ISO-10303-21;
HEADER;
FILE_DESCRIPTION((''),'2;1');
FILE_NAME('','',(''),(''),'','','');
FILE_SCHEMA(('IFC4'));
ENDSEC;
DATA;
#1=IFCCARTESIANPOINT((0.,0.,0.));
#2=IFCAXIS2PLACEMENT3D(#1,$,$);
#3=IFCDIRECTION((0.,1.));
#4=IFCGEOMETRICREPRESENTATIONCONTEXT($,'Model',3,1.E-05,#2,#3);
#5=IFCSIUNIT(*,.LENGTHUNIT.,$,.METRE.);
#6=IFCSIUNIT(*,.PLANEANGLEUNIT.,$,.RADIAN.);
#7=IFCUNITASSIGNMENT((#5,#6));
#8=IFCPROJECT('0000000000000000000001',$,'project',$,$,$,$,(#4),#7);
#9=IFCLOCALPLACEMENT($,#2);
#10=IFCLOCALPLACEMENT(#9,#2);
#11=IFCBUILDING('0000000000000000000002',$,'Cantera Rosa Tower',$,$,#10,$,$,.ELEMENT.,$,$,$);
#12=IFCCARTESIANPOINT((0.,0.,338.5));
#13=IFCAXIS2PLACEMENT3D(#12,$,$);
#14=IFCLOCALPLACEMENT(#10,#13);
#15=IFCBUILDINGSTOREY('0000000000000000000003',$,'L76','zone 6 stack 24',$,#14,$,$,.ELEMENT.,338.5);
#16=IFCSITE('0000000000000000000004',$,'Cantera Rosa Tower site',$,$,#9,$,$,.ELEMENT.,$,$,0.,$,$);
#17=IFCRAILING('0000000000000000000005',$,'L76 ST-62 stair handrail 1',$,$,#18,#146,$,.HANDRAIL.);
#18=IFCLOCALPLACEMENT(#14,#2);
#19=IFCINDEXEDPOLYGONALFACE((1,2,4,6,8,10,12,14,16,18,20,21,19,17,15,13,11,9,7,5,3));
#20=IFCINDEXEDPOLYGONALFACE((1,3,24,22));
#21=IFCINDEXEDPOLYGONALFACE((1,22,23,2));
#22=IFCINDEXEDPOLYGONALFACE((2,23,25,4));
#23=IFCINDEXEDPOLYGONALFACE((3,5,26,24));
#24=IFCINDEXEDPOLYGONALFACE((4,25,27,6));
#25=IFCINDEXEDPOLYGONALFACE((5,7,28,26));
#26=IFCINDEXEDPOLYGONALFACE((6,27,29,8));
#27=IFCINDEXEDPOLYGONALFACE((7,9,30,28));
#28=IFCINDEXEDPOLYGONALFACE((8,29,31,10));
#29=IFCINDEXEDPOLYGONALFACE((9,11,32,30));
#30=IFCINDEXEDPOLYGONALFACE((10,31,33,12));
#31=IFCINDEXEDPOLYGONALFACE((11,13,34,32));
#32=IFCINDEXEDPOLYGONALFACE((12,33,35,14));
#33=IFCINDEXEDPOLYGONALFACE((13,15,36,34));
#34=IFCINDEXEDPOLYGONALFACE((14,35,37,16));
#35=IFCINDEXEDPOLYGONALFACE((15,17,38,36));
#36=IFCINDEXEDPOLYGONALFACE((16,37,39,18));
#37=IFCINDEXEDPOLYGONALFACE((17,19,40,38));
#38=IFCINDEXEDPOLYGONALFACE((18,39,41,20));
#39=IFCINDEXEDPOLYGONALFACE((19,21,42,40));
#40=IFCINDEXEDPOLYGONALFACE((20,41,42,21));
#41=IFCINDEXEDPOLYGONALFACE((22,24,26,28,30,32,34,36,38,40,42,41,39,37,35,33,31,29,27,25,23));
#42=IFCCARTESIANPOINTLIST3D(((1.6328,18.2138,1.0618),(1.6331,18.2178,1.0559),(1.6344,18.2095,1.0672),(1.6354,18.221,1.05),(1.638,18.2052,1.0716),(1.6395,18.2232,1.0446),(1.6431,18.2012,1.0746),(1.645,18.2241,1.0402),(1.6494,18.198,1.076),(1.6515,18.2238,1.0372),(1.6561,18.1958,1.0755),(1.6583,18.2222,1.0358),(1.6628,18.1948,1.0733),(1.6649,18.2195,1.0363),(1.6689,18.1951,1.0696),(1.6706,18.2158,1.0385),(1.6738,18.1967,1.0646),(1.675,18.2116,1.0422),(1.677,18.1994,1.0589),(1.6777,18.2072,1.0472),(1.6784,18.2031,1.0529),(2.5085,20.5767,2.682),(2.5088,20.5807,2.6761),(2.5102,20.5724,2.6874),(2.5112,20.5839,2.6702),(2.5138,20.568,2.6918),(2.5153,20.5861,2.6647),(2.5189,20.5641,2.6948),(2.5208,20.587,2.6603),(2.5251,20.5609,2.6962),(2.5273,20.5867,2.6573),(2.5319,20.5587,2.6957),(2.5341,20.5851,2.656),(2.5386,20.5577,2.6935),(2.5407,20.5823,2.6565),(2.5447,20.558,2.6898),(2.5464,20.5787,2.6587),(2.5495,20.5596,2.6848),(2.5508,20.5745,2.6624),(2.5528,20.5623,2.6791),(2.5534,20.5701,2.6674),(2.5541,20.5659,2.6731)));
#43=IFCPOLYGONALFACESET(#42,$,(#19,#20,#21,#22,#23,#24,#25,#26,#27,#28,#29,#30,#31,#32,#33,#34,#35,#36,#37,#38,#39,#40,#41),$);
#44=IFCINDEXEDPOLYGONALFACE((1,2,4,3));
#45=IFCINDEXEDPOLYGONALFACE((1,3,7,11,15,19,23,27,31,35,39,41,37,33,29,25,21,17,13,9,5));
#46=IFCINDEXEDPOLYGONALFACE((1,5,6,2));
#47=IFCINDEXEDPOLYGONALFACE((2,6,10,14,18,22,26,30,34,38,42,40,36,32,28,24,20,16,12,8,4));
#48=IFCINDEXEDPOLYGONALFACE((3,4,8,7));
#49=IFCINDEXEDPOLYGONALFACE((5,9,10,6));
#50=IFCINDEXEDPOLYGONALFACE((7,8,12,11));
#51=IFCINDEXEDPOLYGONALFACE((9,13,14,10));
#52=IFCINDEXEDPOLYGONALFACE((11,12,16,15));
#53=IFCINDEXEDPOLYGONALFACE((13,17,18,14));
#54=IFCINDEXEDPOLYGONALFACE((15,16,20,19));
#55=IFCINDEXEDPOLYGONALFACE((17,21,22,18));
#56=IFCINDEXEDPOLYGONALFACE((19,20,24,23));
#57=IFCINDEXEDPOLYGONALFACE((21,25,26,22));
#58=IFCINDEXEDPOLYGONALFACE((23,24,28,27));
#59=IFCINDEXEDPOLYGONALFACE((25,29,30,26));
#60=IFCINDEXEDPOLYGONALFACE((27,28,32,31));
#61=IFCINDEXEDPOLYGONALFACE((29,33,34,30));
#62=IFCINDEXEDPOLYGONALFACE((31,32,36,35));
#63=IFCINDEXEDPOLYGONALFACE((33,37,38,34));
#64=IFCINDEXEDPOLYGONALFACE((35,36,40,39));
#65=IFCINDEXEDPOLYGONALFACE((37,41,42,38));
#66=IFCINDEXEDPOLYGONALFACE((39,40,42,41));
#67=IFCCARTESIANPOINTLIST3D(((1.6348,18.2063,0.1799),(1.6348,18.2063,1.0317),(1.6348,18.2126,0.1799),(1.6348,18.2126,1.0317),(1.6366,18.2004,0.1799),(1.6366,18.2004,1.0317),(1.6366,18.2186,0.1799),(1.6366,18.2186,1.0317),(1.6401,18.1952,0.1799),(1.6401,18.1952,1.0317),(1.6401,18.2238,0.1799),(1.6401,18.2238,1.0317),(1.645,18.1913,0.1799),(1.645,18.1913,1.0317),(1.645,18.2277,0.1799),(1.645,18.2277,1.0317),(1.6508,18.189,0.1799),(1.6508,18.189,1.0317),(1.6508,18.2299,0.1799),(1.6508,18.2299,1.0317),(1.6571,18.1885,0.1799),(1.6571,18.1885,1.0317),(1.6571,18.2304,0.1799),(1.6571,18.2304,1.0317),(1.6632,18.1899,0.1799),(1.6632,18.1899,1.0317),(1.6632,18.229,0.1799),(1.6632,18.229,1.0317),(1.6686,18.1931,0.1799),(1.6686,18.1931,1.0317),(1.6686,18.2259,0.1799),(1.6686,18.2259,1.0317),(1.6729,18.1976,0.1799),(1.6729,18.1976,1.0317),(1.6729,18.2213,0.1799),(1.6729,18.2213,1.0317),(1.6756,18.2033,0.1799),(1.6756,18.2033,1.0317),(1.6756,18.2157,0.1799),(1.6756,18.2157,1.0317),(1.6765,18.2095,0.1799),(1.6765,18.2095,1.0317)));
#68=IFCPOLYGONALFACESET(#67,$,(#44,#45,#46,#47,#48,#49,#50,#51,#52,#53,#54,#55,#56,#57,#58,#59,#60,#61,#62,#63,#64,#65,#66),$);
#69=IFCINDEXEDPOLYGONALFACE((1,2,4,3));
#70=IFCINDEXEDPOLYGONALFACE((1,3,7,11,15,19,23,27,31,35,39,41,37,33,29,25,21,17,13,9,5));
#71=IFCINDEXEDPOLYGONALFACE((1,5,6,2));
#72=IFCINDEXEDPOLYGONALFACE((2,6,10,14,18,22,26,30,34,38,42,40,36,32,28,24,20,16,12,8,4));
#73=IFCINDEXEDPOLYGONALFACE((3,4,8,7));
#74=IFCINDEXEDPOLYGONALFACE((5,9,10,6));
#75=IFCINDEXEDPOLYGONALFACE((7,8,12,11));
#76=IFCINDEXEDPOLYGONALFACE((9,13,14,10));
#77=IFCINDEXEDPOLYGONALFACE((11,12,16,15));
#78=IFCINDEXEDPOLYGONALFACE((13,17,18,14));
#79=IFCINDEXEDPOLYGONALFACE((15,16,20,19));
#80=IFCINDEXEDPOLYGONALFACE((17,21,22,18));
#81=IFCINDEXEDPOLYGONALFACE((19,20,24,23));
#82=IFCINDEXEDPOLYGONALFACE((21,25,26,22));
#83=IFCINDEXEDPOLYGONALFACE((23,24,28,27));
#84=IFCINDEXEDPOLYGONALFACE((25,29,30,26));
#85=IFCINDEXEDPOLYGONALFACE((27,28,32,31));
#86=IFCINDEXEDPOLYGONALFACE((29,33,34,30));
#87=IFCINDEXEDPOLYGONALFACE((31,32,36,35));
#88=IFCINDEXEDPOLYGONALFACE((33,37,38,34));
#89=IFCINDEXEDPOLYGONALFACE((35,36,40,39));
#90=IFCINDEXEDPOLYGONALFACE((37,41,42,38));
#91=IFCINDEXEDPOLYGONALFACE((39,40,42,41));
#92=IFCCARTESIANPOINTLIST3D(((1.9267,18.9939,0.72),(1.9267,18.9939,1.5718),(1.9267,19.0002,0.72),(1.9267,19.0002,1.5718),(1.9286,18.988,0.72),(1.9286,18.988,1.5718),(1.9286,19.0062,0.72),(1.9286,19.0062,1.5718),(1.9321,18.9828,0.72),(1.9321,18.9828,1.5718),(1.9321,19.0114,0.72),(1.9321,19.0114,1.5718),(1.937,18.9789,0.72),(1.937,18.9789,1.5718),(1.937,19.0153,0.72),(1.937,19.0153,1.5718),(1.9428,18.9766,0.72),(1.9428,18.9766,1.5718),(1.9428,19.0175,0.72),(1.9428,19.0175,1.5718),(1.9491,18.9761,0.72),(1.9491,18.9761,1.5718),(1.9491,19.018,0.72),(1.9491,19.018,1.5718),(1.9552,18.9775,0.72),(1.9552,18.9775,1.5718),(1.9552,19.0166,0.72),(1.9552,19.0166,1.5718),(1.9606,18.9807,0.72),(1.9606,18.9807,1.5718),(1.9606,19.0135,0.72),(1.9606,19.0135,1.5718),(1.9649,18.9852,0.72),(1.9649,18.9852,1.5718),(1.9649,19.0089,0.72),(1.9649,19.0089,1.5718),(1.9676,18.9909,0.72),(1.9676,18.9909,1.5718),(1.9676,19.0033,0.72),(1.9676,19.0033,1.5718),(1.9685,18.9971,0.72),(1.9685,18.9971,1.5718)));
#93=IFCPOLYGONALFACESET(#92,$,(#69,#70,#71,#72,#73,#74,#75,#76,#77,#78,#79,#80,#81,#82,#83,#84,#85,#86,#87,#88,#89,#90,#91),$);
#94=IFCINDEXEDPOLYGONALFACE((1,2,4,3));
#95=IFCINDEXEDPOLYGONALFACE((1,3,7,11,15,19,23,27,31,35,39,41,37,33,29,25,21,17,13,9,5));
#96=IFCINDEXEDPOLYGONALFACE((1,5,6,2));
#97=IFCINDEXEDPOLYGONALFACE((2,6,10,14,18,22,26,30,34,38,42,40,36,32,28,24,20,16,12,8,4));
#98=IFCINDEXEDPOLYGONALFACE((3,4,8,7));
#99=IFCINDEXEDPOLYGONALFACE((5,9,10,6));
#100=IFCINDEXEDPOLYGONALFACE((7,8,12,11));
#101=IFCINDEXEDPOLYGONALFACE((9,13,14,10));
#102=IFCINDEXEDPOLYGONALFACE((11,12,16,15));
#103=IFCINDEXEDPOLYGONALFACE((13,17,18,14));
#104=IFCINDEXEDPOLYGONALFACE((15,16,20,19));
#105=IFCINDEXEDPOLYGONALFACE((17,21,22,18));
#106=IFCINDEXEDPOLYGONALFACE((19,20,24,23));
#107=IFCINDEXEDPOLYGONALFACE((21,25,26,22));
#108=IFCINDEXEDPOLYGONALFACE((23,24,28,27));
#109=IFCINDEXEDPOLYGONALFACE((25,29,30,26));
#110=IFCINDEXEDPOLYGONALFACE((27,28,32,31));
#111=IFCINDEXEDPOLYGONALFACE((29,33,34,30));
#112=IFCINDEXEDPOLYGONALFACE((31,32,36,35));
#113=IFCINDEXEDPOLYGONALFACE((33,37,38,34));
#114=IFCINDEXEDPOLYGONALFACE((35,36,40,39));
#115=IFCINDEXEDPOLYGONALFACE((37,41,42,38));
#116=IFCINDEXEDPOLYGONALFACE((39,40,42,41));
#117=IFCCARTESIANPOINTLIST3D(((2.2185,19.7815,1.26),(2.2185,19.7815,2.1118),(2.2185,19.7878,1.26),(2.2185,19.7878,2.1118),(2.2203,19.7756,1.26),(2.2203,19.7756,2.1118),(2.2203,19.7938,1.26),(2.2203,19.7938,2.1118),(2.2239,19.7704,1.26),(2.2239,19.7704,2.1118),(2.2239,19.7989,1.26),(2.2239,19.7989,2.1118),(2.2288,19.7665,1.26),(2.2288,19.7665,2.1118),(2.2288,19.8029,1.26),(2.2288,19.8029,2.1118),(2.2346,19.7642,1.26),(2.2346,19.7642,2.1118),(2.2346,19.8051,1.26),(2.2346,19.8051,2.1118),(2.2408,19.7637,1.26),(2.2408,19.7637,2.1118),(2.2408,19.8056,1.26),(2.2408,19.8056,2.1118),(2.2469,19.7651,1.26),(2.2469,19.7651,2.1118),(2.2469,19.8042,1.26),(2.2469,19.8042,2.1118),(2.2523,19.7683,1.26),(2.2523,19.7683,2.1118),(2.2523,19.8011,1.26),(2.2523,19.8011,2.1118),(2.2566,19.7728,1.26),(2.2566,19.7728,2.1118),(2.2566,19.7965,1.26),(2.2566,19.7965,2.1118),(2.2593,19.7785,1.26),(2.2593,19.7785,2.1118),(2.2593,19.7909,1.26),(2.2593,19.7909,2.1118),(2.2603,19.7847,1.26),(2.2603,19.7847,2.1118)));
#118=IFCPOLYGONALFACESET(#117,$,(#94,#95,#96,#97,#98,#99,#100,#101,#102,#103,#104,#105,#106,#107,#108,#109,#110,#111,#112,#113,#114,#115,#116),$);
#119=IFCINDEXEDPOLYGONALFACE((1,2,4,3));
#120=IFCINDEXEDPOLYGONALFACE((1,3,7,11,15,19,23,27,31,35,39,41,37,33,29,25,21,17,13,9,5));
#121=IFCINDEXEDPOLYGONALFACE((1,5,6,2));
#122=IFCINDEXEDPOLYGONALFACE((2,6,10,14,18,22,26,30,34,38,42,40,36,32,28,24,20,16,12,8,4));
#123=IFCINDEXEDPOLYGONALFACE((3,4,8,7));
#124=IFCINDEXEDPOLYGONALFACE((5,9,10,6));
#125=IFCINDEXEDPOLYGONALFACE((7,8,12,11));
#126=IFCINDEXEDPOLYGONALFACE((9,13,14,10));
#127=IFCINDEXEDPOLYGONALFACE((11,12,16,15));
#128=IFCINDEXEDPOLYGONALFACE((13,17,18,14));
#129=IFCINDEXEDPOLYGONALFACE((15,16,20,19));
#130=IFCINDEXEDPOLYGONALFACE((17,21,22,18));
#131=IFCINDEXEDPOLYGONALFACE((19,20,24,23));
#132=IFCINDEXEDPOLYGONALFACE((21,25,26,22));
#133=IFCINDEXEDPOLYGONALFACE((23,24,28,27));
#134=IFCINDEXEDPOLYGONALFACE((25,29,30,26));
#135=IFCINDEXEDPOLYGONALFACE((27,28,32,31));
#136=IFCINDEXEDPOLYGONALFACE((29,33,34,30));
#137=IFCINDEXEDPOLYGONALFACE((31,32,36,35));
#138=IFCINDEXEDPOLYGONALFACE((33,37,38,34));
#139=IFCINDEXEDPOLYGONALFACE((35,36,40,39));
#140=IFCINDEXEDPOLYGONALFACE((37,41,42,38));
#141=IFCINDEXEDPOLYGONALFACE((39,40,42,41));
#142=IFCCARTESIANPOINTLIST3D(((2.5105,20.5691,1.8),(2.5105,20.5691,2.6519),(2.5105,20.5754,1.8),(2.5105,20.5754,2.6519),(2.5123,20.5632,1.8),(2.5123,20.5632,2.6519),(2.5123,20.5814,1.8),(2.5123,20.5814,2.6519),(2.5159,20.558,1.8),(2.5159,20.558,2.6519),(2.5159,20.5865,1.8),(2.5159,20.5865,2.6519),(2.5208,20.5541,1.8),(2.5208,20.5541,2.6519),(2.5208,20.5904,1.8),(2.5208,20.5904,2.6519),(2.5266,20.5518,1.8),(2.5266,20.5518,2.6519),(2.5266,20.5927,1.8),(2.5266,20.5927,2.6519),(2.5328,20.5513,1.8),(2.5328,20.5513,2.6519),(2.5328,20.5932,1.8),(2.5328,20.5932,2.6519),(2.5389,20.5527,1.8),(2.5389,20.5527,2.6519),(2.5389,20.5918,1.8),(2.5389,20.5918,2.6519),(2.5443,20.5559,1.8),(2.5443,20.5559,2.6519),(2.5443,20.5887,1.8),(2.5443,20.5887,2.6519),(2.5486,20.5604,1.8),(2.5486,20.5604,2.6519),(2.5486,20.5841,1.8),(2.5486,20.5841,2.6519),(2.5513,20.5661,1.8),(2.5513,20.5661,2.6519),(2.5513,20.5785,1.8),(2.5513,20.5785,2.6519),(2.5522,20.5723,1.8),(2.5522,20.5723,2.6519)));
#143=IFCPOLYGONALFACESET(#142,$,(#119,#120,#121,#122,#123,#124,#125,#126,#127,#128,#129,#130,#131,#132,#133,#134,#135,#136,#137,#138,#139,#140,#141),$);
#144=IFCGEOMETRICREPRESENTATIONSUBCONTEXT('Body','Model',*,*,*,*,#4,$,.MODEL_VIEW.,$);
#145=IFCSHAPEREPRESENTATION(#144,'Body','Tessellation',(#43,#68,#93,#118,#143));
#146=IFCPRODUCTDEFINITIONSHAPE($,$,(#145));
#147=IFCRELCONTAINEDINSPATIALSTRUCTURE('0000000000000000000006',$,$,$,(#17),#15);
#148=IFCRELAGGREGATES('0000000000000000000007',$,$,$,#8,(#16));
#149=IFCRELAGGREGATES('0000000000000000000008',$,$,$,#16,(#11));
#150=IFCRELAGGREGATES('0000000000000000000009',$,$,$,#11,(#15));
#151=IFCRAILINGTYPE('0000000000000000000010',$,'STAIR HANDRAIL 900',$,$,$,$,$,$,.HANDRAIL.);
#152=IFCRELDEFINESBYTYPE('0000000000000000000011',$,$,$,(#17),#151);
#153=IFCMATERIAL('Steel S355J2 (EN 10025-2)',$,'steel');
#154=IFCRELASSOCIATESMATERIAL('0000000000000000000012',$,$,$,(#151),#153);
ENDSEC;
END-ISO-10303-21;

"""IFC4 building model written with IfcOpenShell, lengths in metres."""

from ifc_helpers import new_model, si_unit, direction, frame, origin, origin_2d, place, context, subcontext, project, spatial, circle, extrude, material, type_object, element, save


model = new_model("IFC4")

# Units and contexts
model_context = context("Model", 3, precision=1e-05, world=origin(), true_north=direction((0.0, 1.0)))
body_context = subcontext(model_context, "Body", "Model", "MODEL_VIEW")
ifc_project = project(units=[si_unit("LENGTHUNIT", "METRE"), si_unit("PLANEANGLEUNIT", "RADIAN")], contexts=[model_context])

# Site, building, storey
site_placement = place(None, origin())
site = spatial("IfcSite", under=ifc_project, at=site_placement, Name="Cantera Rosa Tower site", CompositionType="ELEMENT", RefElevation=0.0)
building_placement = place(site_placement, origin())
building = spatial("IfcBuilding", under=site, at=building_placement, Name="Cantera Rosa Tower", CompositionType="ELEMENT")
storey_placement = place(building_placement, frame((0.0, 0.0, 338.5)))
storey = spatial("IfcBuildingStorey", under=building, at=storey_placement, Name="L76", Description="zone 6 stack 24", CompositionType="ELEMENT", Elevation=338.5)

# Railing
ifc_material_1 = material(Name="Steel S355J2 (EN 10025-2)", Category="steel")
railing_type_1 = type_object("IfcRailingType", Name="STAIR HANDRAIL 900", PredefinedType="HANDRAIL", material=ifc_material_1)
railing_1_placement = place(storey_placement, frame((1.6555, 18.2095, 0.1799)))
element("IfcRailing", 1, at=railing_1_placement, inside=storey, type_object=railing_type_1, Name="L76 ST-62 stair handrail 1", PredefinedType="HANDRAIL", context=body_context, shape_type="SweptSolid", body=[
    extrude(circle(Radius=0.0239, at=origin_2d()), frame((0.0, 0.0, 0.876), z_axis=(0.292326, 0.788717, 0.540806), x_axis=(-0.937668, 0.347532, 0.0)), (0.0, 0.0, 1.0), 2.9958),
    extrude(circle(Radius=0.021, at=origin_2d()), origin(), (0.0, 0.0, 1.0), 0.8518),
    extrude(circle(Radius=0.021, at=origin_2d()), frame((0.292, 0.7876, 0.54)), (0.0, 0.0, 1.0), 0.8518),
    extrude(circle(Radius=0.021, at=origin_2d()), frame((0.5837, 1.5752, 1.0801)), (0.0, 0.0, 1.0), 0.8518),
    extrude(circle(Radius=0.021, at=origin_2d()), frame((0.8757, 2.3628, 1.6201)), (0.0, 0.0, 1.0), 0.8518),
])

save(model, "model.ifc")
